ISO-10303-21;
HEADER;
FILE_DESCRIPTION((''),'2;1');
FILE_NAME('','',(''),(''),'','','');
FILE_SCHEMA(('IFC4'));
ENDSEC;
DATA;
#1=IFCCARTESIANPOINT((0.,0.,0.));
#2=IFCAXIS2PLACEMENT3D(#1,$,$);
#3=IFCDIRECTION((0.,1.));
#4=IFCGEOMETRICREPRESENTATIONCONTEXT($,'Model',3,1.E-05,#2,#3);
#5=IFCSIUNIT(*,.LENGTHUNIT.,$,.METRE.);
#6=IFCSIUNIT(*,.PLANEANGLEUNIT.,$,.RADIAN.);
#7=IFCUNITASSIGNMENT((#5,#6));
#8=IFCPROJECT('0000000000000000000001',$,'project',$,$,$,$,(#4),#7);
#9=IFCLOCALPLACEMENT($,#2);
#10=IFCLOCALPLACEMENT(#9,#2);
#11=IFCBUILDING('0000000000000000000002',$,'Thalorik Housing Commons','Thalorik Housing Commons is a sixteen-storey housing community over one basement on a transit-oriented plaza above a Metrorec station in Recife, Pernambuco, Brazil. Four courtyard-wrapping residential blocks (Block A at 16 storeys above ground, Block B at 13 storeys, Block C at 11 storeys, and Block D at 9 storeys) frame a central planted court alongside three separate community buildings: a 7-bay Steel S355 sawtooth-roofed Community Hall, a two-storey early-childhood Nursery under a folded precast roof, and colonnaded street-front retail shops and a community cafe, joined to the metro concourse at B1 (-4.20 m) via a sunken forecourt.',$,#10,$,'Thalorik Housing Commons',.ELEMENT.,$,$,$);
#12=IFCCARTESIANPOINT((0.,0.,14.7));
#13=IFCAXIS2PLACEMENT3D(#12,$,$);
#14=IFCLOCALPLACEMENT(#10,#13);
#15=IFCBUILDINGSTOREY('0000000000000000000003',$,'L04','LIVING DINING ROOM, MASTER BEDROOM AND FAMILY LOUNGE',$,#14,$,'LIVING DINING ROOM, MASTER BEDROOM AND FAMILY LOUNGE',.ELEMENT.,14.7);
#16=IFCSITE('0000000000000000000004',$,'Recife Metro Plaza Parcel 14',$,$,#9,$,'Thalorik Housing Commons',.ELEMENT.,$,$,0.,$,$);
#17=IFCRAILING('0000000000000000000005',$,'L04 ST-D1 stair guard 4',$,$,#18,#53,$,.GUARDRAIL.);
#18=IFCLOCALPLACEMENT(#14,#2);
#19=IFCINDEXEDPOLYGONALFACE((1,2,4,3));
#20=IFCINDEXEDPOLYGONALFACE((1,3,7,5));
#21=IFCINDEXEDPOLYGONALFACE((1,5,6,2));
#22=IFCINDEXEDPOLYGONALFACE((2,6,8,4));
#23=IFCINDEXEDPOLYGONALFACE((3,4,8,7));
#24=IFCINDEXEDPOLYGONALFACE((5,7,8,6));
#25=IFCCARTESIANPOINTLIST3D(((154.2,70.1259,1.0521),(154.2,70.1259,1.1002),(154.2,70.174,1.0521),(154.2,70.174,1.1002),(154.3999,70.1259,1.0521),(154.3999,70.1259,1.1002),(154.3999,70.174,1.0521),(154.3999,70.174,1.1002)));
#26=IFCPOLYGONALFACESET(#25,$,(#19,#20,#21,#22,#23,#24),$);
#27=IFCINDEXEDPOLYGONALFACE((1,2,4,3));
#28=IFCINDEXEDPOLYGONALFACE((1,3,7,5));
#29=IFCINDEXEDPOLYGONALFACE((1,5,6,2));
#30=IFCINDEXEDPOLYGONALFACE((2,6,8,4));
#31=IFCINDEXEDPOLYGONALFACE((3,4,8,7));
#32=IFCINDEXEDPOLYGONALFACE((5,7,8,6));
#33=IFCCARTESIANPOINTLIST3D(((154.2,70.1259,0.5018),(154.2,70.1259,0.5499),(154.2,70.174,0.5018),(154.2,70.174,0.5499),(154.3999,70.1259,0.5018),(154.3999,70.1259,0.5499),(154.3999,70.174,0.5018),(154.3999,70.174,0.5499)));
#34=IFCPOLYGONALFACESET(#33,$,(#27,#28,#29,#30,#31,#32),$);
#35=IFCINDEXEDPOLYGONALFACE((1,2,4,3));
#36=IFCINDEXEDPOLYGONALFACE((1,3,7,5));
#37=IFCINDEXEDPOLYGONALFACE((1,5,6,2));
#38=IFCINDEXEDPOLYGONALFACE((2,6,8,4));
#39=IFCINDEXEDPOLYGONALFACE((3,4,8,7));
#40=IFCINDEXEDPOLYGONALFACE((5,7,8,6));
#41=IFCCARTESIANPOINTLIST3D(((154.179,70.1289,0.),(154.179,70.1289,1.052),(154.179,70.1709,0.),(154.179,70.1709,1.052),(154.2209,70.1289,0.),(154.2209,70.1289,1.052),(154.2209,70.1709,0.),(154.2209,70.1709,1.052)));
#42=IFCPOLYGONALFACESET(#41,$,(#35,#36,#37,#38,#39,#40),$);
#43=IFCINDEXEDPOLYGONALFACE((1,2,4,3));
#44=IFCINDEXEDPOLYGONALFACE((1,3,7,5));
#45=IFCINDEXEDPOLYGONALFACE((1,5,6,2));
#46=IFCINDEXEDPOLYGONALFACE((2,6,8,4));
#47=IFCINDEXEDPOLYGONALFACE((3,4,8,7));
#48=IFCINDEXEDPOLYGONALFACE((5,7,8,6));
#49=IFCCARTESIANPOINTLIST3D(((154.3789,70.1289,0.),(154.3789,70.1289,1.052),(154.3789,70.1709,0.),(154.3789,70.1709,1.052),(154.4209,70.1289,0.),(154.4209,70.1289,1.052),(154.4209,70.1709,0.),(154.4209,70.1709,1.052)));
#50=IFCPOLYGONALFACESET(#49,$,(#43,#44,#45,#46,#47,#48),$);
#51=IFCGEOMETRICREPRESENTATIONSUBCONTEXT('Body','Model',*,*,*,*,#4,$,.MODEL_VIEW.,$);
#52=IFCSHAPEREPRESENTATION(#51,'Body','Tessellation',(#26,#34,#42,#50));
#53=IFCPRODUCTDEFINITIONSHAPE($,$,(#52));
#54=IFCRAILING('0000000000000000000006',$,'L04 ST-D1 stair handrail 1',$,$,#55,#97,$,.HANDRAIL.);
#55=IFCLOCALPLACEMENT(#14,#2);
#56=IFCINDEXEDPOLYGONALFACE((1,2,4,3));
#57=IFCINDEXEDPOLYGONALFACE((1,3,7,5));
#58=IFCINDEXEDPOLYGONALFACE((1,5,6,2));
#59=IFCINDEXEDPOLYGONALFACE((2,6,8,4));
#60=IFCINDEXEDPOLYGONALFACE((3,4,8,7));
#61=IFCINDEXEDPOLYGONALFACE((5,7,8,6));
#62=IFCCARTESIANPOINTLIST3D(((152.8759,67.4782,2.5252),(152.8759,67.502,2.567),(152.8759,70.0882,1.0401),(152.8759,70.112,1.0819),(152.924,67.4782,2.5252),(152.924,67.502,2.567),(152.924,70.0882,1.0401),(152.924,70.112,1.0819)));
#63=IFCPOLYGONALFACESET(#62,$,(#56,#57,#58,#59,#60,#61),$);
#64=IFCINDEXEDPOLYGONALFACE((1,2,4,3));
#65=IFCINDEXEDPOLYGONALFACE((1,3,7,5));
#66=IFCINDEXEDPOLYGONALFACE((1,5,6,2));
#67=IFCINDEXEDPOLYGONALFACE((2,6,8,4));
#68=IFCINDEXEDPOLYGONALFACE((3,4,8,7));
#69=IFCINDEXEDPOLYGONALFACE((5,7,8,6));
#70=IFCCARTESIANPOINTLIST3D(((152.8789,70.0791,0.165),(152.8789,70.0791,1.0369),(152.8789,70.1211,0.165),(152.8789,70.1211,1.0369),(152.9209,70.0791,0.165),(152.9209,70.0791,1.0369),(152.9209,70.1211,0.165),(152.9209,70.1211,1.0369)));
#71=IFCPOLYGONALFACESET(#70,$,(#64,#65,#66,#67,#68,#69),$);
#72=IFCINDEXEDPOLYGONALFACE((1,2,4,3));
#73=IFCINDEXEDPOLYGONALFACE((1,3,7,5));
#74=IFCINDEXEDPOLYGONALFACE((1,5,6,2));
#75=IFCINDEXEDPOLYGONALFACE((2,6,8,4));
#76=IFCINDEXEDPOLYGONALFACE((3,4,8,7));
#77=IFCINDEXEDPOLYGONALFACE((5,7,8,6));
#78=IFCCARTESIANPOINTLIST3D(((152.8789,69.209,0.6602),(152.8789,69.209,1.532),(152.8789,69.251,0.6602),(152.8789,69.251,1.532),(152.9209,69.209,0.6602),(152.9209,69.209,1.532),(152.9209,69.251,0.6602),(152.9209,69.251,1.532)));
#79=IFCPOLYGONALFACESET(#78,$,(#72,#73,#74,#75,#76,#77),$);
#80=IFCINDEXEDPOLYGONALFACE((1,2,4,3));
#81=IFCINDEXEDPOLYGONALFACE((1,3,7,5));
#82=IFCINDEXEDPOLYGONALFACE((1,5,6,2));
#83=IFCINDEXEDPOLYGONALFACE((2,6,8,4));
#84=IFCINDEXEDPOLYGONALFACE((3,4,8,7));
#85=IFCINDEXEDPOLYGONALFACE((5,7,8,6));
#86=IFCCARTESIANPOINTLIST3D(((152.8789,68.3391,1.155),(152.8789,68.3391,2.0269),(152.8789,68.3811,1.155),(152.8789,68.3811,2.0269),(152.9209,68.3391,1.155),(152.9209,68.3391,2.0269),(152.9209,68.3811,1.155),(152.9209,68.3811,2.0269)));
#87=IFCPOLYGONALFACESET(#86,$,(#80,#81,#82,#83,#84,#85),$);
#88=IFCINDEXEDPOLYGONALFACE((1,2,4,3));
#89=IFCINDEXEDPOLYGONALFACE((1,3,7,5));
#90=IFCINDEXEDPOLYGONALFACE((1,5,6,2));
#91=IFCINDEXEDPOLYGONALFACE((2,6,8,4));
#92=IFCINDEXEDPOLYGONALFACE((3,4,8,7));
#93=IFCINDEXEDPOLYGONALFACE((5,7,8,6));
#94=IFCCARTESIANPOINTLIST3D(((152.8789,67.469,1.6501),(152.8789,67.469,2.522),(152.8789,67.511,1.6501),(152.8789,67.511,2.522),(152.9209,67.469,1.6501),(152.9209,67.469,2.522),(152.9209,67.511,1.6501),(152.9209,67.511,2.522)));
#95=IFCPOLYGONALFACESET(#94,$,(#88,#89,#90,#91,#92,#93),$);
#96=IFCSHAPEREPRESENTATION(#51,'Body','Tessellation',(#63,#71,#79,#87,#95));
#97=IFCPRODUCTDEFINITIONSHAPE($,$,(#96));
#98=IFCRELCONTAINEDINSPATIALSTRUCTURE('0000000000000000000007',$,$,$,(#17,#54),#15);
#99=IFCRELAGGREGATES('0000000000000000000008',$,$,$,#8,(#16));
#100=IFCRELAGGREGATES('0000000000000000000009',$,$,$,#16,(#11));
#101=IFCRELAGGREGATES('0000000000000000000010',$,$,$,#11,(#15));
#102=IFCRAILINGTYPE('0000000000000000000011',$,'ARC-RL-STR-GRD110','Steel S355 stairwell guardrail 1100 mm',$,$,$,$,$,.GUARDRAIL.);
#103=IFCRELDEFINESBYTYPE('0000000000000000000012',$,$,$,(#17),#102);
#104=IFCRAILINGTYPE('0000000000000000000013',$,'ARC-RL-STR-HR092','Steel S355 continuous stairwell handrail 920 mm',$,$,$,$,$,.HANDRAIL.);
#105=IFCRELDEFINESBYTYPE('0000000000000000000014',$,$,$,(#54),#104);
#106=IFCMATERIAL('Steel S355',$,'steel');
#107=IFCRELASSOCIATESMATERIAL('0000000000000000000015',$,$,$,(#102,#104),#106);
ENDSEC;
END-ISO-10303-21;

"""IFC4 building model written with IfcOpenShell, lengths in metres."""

from ifc_helpers import new_model, si_unit, direction, frame, origin, origin_2d, place, context, subcontext, project, spatial, rectangle, extrude, material, type_object, element, save


model = new_model("IFC4")

# Units and contexts
model_context = context("Model", 3, precision=1e-05, world=origin(), true_north=direction((0.0, 1.0)))
body_context = subcontext(model_context, "Body", "Model", "MODEL_VIEW")
ifc_project = project(units=[si_unit("LENGTHUNIT", "METRE"), si_unit("PLANEANGLEUNIT", "RADIAN")], contexts=[model_context])

# Site, building, storey
site_placement = place(None, origin())
site = spatial("IfcSite", under=ifc_project, at=site_placement, Name="Recife Metro Plaza Parcel 14", LongName="Thalorik Housing Commons", CompositionType="ELEMENT", RefElevation=0.0)
building_placement = place(site_placement, origin())
building = spatial("IfcBuilding", under=site, at=building_placement, Name="Thalorik Housing Commons", Description="Thalorik Housing Commons is a sixteen-storey housing community over one basement on a transit-oriented plaza above a Metrorec station in Recife, Pernambuco, Brazil. Four courtyard-wrapping residential blocks (Block A at 16 storeys above ground, Block B at 13 storeys, Block C at 11 storeys, and Block D at 9 storeys) frame a central planted court alongside three separate community buildings: a 7-bay Steel S355 sawtooth-roofed Community Hall, a two-storey early-childhood Nursery under a folded precast roof, and colonnaded street-front retail shops and a community cafe, joined to the metro concourse at B1 (-4.20 m) via a sunken forecourt.", LongName="Thalorik Housing Commons", CompositionType="ELEMENT")
storey_placement = place(building_placement, frame((0.0, 0.0, 14.7)))
storey = spatial("IfcBuildingStorey", under=building, at=storey_placement, Name="L04", Description="LIVING DINING ROOM, MASTER BEDROOM AND FAMILY LOUNGE", LongName="LIVING DINING ROOM, MASTER BEDROOM AND FAMILY LOUNGE", CompositionType="ELEMENT", Elevation=14.7)

# Shared definitions
ifc_material_1 = material(Name="Steel S355", Category="steel")

# Railings
railing_type_1 = type_object("IfcRailingType", Name="ARC-RL-STR-GRD110", Description="Steel S355 stairwell guardrail 1100 mm", PredefinedType="GUARDRAIL", material=ifc_material_1)
railing_1_placement = place(storey_placement, frame((154.2, 70.1499, 0.0)))
element("IfcRailing", 1, at=railing_1_placement, inside=storey, type_object=railing_type_1, Name="L04 ST-D1 stair guard 4", PredefinedType="GUARDRAIL", context=body_context, shape_type="SweptSolid", body=[
    extrude(rectangle(XDim=0.0481, YDim=0.0481, at=origin_2d()), frame((0.0, 0.0, 1.0762), z_axis=(1.0, 0.0, 0.0), x_axis=(0.0, 1.0, 0.0)), (0.0, 0.0, 1.0), 0.2),
    extrude(rectangle(XDim=0.0481, YDim=0.0481, at=origin_2d()), frame((0.0, 0.0, 0.5259), z_axis=(1.0, 0.0, 0.0), x_axis=(0.0, 1.0, 0.0)), (0.0, 0.0, 1.0), 0.2),
    extrude(rectangle(XDim=0.042, YDim=0.042, at=origin_2d()), origin(), (0.0, 0.0, 1.0), 1.052),
    extrude(rectangle(XDim=0.042, YDim=0.042, at=origin_2d()), frame((0.2, 0.0, 0.0)), (0.0, 0.0, 1.0), 1.052),
])
railing_type_2 = type_object("IfcRailingType", Name="ARC-RL-STR-HR092", Description="Steel S355 continuous stairwell handrail 920 mm", PredefinedType="HANDRAIL", material=ifc_material_1)
railing_2_placement = place(storey_placement, frame((152.8999, 70.1001, 0.165)))
element("IfcRailing", 2, at=railing_2_placement, inside=storey, type_object=railing_type_2, Name="L04 ST-D1 stair handrail 1", PredefinedType="HANDRAIL", context=body_context, shape_type="SweptSolid", body=[
    extrude(rectangle(XDim=0.0481, YDim=0.0481, at=origin_2d()), frame((0.0, 0.0, 0.896), z_axis=(0.0, -0.869157, 0.494536), x_axis=(1.0, 0.0, 0.0)), (0.0, 0.0, 1.0), 3.0029),
    extrude(rectangle(XDim=0.042, YDim=0.042, at=origin_2d()), origin(), (0.0, 0.0, 1.0), 0.8718),
    extrude(rectangle(XDim=0.042, YDim=0.042, at=origin_2d()), frame((0.0, -0.8701, 0.4951)), (0.0, 0.0, 1.0), 0.8718),
    extrude(rectangle(XDim=0.042, YDim=0.042, at=origin_2d()), frame((0.0, -1.74, 0.99)), (0.0, 0.0, 1.0), 0.8718),
    extrude(rectangle(XDim=0.042, YDim=0.042, at=origin_2d()), frame((0.0, -2.6101, 1.4851)), (0.0, 0.0, 1.0), 0.8718),
])

save(model, "model.ifc")
